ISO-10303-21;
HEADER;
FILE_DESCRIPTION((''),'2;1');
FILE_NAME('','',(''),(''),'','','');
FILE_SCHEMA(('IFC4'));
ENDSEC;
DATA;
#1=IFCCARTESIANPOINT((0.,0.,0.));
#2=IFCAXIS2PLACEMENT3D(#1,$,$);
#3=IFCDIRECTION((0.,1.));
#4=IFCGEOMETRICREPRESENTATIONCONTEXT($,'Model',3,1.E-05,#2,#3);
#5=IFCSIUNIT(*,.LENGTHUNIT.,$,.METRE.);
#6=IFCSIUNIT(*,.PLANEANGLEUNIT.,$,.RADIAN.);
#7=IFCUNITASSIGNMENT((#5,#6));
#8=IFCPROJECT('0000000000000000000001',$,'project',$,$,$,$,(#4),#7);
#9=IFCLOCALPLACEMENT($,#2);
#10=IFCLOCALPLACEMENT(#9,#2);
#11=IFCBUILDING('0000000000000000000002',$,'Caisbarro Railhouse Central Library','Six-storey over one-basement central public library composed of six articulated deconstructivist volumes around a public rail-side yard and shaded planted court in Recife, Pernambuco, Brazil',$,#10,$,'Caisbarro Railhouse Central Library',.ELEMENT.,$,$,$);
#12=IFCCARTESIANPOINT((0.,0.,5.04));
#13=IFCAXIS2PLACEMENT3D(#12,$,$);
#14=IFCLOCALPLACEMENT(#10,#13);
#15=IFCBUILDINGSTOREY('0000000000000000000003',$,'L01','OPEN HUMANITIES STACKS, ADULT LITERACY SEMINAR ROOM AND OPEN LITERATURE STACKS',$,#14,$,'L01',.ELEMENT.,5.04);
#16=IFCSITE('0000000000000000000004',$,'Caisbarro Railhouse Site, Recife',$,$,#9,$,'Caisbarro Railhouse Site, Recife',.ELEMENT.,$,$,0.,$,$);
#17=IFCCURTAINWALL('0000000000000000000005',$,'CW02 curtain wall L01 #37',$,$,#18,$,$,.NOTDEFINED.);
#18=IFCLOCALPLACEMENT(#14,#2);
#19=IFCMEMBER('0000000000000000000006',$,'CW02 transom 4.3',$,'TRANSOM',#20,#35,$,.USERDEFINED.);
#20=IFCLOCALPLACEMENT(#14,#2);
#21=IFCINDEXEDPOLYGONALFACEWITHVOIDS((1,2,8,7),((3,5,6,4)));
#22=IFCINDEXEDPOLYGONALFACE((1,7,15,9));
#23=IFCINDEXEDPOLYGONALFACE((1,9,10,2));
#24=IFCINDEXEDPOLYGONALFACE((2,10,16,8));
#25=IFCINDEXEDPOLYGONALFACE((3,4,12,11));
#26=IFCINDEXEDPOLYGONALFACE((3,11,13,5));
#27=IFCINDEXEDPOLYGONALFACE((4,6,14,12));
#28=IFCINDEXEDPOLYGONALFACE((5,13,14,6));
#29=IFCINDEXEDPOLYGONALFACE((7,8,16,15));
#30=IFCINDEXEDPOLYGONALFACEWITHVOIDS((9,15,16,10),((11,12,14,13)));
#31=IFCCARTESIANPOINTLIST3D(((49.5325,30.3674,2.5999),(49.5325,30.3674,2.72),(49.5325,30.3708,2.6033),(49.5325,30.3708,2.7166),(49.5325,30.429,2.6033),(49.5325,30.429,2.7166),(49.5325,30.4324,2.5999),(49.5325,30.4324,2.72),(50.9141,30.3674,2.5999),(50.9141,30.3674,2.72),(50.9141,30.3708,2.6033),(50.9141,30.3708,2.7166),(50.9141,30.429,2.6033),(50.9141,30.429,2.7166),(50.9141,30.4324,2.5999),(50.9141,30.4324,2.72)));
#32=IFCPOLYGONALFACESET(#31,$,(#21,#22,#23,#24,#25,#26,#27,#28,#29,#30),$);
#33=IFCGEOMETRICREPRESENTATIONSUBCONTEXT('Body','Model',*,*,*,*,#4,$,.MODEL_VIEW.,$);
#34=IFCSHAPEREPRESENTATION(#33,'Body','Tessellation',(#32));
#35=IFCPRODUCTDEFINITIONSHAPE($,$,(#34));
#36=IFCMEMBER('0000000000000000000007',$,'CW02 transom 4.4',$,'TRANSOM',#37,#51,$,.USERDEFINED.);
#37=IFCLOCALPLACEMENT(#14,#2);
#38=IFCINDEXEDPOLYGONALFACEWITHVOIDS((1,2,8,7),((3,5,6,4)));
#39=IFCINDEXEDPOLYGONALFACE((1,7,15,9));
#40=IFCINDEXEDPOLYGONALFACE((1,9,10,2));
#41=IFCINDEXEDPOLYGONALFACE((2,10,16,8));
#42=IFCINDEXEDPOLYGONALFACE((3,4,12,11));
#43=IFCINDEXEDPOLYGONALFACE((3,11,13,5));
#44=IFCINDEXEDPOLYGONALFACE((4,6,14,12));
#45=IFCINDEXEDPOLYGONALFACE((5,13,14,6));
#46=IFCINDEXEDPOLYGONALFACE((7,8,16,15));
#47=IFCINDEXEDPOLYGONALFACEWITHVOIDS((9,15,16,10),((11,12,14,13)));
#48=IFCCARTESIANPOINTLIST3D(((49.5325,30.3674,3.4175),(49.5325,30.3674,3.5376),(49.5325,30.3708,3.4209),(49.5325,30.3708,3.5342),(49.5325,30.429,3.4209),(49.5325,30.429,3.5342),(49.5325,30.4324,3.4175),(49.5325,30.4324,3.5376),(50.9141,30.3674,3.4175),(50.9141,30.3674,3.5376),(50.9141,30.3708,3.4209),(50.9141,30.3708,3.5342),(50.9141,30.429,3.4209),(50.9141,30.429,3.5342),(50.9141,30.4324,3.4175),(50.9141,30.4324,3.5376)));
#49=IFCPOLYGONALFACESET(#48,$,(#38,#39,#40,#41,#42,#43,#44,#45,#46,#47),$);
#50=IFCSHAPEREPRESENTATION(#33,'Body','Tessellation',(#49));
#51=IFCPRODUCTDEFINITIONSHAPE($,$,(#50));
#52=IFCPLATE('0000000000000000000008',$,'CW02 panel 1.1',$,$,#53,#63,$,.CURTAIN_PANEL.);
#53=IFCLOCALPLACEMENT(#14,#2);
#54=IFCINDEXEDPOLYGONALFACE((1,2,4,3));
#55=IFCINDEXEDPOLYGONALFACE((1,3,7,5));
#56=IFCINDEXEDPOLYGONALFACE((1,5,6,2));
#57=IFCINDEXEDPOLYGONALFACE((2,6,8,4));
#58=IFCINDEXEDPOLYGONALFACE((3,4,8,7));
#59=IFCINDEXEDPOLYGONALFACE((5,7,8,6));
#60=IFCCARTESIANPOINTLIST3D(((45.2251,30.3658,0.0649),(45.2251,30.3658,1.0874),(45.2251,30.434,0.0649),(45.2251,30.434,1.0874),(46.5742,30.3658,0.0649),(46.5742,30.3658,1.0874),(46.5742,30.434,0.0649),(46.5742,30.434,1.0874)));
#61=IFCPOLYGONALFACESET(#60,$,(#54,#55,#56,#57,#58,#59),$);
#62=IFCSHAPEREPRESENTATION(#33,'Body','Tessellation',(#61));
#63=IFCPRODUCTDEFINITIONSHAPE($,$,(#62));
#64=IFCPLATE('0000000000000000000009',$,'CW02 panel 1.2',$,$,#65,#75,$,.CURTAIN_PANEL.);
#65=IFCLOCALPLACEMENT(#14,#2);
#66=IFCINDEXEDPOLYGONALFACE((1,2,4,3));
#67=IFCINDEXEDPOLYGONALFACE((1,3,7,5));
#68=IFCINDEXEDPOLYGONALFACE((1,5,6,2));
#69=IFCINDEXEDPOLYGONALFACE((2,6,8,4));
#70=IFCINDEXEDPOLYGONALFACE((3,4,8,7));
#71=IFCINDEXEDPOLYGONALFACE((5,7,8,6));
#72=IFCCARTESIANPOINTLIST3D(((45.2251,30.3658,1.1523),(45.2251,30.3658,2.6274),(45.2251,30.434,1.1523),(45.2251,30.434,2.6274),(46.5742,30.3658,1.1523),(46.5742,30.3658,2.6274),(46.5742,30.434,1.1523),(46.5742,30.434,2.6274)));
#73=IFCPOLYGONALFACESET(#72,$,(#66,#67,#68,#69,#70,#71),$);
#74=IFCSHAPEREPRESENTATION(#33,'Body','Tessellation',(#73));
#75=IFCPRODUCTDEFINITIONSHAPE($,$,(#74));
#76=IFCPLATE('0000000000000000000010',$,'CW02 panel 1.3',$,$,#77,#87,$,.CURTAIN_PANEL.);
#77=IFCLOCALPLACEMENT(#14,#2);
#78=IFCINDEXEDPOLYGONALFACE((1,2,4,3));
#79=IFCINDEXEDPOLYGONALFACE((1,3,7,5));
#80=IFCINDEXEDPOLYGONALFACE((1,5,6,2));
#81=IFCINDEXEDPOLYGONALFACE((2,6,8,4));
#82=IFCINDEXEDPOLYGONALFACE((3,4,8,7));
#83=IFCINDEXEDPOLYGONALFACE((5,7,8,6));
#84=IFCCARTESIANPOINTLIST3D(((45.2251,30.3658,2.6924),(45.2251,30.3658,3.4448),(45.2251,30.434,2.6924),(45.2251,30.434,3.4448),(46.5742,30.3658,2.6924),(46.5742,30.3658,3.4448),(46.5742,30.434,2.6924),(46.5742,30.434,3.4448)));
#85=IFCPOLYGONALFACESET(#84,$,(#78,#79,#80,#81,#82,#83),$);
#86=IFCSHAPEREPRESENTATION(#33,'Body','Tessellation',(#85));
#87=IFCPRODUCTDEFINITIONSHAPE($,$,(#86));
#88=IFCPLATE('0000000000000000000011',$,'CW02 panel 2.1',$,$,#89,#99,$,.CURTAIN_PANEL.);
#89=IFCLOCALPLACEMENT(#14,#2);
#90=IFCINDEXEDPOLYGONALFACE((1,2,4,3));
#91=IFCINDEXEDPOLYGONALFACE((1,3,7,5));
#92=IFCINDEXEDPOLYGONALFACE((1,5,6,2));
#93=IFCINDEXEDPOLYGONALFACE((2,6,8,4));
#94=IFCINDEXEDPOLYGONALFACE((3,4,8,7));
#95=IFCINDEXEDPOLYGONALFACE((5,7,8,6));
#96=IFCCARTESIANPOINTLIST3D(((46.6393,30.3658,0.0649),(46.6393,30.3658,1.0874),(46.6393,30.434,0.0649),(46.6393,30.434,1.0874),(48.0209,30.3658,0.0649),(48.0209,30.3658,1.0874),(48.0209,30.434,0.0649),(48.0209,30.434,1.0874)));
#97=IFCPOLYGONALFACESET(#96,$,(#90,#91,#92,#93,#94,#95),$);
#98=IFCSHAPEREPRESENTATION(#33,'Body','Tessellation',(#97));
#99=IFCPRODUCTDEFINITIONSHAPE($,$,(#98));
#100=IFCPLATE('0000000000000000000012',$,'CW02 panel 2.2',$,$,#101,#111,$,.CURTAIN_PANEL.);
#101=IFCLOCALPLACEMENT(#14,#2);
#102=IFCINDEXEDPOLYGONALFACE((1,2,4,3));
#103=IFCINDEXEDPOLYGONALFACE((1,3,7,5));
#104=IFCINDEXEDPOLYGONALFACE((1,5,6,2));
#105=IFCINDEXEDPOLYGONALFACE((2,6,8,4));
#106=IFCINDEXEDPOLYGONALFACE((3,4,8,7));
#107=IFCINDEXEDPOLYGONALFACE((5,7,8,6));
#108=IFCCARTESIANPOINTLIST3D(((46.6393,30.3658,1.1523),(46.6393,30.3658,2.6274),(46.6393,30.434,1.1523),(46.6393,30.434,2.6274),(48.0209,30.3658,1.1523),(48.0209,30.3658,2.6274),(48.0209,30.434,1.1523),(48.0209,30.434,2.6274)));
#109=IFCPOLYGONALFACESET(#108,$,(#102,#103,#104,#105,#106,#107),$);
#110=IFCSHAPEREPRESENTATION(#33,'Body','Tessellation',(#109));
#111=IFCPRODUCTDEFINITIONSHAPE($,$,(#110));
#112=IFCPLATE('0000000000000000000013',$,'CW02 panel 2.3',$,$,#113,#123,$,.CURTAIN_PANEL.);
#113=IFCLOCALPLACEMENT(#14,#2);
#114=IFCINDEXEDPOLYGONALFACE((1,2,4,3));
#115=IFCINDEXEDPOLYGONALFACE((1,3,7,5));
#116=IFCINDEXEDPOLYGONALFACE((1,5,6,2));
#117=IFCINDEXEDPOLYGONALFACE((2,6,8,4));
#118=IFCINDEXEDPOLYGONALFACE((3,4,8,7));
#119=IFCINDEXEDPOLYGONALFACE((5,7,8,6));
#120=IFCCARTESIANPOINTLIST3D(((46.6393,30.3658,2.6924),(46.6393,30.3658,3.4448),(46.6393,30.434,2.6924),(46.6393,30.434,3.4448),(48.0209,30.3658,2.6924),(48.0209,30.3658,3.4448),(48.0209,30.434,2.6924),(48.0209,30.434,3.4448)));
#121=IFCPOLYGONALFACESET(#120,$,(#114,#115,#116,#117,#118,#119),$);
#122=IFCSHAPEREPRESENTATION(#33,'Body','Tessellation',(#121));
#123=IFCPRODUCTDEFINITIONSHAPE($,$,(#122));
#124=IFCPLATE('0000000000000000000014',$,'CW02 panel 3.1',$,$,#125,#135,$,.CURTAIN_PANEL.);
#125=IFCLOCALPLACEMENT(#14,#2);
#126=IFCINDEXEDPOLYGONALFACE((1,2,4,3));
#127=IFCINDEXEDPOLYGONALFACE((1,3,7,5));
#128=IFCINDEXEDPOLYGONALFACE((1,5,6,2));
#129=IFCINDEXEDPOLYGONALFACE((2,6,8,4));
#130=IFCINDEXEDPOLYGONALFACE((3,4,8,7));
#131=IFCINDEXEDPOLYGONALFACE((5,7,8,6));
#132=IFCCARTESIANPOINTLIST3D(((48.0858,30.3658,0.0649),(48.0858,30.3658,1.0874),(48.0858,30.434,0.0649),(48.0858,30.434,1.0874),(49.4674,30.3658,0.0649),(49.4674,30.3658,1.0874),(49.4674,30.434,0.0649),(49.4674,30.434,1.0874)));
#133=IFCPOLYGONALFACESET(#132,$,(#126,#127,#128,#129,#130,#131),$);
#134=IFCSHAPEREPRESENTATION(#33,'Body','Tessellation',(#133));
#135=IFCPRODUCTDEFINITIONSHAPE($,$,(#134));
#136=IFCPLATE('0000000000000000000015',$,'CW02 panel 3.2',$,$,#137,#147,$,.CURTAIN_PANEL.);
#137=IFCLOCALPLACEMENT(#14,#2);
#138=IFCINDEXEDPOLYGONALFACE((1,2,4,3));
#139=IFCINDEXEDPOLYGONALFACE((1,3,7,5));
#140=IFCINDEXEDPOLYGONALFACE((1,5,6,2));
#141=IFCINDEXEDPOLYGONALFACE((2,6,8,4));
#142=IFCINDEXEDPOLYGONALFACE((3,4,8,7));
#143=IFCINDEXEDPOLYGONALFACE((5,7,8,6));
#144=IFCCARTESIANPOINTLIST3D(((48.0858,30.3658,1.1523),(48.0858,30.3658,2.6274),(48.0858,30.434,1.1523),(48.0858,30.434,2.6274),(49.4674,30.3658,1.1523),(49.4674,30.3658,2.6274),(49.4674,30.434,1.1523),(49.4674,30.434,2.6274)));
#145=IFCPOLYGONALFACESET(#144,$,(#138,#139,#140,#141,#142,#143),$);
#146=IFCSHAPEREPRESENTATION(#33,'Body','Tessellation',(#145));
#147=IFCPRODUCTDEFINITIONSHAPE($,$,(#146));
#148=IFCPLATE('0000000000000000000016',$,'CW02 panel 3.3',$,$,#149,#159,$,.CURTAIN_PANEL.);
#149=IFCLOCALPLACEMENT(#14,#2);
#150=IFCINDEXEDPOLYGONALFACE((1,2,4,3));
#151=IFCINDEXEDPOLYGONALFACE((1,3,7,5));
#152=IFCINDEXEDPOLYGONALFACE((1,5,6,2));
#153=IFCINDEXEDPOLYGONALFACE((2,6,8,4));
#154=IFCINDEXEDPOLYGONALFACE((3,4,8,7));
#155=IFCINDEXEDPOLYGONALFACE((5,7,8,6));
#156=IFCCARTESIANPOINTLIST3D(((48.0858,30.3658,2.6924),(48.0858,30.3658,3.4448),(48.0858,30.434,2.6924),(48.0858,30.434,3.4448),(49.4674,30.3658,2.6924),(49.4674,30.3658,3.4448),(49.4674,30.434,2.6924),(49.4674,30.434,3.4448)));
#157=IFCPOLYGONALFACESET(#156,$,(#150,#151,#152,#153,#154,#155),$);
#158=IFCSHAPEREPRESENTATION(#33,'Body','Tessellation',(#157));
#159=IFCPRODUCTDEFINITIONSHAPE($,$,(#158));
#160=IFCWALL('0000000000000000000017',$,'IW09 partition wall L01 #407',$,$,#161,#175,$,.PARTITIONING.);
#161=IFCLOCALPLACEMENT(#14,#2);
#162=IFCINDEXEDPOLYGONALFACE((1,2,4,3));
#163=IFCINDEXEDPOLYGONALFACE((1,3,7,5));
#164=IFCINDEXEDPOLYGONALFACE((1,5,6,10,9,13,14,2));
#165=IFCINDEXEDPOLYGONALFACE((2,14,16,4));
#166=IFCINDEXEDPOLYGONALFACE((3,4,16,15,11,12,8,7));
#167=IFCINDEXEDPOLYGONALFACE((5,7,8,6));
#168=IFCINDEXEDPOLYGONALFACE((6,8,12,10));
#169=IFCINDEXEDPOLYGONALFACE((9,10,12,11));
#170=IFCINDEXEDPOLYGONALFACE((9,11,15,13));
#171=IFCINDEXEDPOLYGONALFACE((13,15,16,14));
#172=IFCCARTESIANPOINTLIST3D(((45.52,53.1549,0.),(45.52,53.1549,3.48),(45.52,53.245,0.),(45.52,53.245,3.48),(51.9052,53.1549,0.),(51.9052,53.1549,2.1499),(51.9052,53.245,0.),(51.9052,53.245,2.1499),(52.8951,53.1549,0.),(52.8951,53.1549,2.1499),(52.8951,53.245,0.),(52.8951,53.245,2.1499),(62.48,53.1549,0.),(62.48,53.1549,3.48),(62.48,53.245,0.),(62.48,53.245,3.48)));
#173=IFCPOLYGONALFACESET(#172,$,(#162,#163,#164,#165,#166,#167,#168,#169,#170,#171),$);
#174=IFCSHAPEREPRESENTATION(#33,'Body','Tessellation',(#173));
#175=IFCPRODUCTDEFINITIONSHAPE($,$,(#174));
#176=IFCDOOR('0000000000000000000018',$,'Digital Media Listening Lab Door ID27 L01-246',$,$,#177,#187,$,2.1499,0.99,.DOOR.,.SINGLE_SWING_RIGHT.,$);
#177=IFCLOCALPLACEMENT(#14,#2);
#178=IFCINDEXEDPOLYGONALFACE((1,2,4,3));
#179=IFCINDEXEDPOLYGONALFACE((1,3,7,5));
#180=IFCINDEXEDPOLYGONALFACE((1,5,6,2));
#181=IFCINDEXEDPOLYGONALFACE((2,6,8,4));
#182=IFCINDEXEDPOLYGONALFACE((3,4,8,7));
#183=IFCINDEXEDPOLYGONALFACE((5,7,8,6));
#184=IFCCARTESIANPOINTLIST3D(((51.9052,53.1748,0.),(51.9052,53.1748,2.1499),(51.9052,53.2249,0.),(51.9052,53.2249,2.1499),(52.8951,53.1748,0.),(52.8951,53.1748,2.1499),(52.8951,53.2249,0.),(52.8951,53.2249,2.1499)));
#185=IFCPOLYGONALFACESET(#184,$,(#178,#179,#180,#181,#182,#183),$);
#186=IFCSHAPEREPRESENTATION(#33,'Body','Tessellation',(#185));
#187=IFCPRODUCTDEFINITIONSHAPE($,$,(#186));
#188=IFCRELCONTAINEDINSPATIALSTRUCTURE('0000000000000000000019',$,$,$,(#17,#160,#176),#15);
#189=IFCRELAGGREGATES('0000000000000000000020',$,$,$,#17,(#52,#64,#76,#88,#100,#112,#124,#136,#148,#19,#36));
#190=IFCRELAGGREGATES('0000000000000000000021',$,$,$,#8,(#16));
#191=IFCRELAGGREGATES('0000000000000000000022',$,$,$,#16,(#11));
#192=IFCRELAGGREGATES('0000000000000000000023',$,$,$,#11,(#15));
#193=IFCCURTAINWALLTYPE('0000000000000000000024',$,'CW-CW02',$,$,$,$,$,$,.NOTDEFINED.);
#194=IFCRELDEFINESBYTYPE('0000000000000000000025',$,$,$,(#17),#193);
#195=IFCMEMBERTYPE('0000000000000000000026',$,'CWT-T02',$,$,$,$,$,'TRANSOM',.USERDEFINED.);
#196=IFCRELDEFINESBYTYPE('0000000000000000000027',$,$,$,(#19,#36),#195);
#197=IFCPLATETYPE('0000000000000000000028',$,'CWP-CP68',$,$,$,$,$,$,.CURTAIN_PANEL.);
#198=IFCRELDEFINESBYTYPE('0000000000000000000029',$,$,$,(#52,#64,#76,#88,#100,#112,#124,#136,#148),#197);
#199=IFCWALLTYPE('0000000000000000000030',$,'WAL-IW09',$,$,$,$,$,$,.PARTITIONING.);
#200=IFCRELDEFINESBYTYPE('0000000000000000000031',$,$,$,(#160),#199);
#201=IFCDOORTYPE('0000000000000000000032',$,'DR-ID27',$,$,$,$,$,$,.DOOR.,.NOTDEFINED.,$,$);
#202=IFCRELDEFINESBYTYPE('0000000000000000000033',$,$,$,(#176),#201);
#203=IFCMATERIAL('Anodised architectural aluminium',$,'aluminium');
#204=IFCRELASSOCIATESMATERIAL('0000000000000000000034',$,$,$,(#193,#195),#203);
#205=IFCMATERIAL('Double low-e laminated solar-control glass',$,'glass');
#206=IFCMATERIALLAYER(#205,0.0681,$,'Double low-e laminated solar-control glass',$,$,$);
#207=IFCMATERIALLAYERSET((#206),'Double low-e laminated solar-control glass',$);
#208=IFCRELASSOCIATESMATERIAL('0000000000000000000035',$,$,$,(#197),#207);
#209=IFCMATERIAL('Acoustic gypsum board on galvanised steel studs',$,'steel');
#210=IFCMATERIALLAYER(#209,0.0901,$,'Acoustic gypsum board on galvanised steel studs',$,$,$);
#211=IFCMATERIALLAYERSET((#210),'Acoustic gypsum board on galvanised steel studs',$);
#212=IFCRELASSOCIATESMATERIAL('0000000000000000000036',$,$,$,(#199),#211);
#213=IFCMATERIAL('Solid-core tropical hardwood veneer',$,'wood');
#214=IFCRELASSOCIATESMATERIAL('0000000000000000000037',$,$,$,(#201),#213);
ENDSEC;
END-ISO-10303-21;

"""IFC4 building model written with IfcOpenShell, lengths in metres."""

from ifc_helpers import new_model, si_unit, direction, frame, frame_2d, origin, origin_2d, place, context, subcontext, project, spatial, rectangle, hollow_rectangle, extrude, material, layer, layer_set, material_profile, profile_set, type_object, element, fill, aggregate, save


model = new_model("IFC4")

# Units and contexts
model_context = context("Model", 3, precision=1e-05, world=origin(), true_north=direction((0.0, 1.0)))
body_context = subcontext(model_context, "Body", "Model", "MODEL_VIEW")
ifc_project = project(units=[si_unit("LENGTHUNIT", "METRE"), si_unit("PLANEANGLEUNIT", "RADIAN")], contexts=[model_context])

# Site, building, storey
site_placement = place(None, origin())
site = spatial("IfcSite", under=ifc_project, at=site_placement, Name="Caisbarro Railhouse Site, Recife", LongName="Caisbarro Railhouse Site, Recife", CompositionType="ELEMENT", RefElevation=0.0)
building_placement = place(site_placement, origin())
building = spatial("IfcBuilding", under=site, at=building_placement, Name="Caisbarro Railhouse Central Library", Description="Six-storey over one-basement central public library composed of six articulated deconstructivist volumes around a public rail-side yard and shaded planted court in Recife, Pernambuco, Brazil", LongName="Caisbarro Railhouse Central Library", CompositionType="ELEMENT")
storey_placement = place(building_placement, frame((0.0, 0.0, 5.04)))
storey = spatial("IfcBuildingStorey", under=building, at=storey_placement, Name="L01", Description="OPEN HUMANITIES STACKS, ADULT LITERACY SEMINAR ROOM AND OPEN LITERATURE STACKS", LongName="L01", CompositionType="ELEMENT", Elevation=5.04)

# Curtain wall, members, plates
ifc_material_1 = material(Name="Anodised architectural aluminium", Category="aluminium")
curtain_wall_type = type_object("IfcCurtainWallType", Name="CW-CW02", PredefinedType="NOTDEFINED", material=ifc_material_1)
curtain_wall_placement = place(storey_placement, origin())
curtain_wall = element("IfcCurtainWall", 1, at=curtain_wall_placement, inside=storey, type_object=curtain_wall_type, Name="CW02 curtain wall L01 #37", PredefinedType="NOTDEFINED")
ifc_material_profile_1 = material_profile(ifc_material_1, hollow_rectangle(XDim=0.0649, YDim=0.1201, WallThickness=0.0034, at=origin_2d()), Name="ALU-TRN-65X120")
ifc_profile_set_1 = profile_set([ifc_material_profile_1], Name="Anodised architectural aluminium")
member_type_1 = type_object("IfcMemberType", Name="CWT-T02", ElementType="TRANSOM", PredefinedType="USERDEFINED", material=ifc_profile_set_1)
member_1_placement = place(storey_placement, frame((49.5325, 30.3999, 2.6599), z_axis=(1.0, 0.0, 0.0), x_axis=(0.0, 1.0, 0.0)))
member_1 = element("IfcMember", 2, at=member_1_placement, type_object=member_type_1, Name="CW02 transom 4.3", ObjectType="TRANSOM", PredefinedType="USERDEFINED", context=body_context, shape_type="SweptSolid", body=[
    extrude(hollow_rectangle(XDim=0.0649, YDim=0.1201, WallThickness=0.0034, at=origin_2d()), origin(), (0.0, 0.0, 1.0), 1.3816),
])
member_2_placement = place(storey_placement, frame((49.5325, 30.3999, 3.4775), z_axis=(1.0, 0.0, 0.0), x_axis=(0.0, 1.0, 0.0)))
member_2 = element("IfcMember", 3, at=member_2_placement, type_object=member_type_1, Name="CW02 transom 4.4", ObjectType="TRANSOM", PredefinedType="USERDEFINED", context=body_context, shape_type="SweptSolid", body=[
    extrude(hollow_rectangle(XDim=0.0649, YDim=0.1201, WallThickness=0.0034, at=origin_2d()), origin(), (0.0, 0.0, 1.0), 1.3816),
])
ifc_material_2 = material(Name="Double low-e laminated solar-control glass", Category="glass")
ifc_layer_1 = layer(ifc_material_2, 0.0681, Name="Double low-e laminated solar-control glass")
ifc_layer_set_1 = layer_set([ifc_layer_1], Name="Double low-e laminated solar-control glass")
plate_type = type_object("IfcPlateType", Name="CWP-CP68", PredefinedType="CURTAIN_PANEL", material=ifc_layer_set_1)
plate_1_placement = place(storey_placement, frame((45.8997, 30.3999, 0.0649), z_axis=(0.0, 0.0, 1.0), x_axis=(1.0, 0.0, 0.0)))
plate_1 = element("IfcPlate", 4, at=plate_1_placement, type_object=plate_type, Name="CW02 panel 1.1", PredefinedType="CURTAIN_PANEL", context=body_context, shape_type="SweptSolid", body=[
    extrude(rectangle(XDim=1.3491, YDim=0.0681, at=origin_2d()), origin(), (0.0, 0.0, 1.0), 1.0225),
])
plate_2_placement = place(storey_placement, frame((45.8997, 30.3999, 1.1523), z_axis=(0.0, 0.0, 1.0), x_axis=(1.0, 0.0, 0.0)))
plate_2 = element("IfcPlate", 5, at=plate_2_placement, type_object=plate_type, Name="CW02 panel 1.2", PredefinedType="CURTAIN_PANEL", context=body_context, shape_type="SweptSolid", body=[
    extrude(rectangle(XDim=1.3491, YDim=0.0681, at=origin_2d()), origin(), (0.0, 0.0, 1.0), 1.4751),
])
plate_3_placement = place(storey_placement, frame((45.8997, 30.3999, 2.6924), z_axis=(0.0, 0.0, 1.0), x_axis=(1.0, 0.0, 0.0)))
plate_3 = element("IfcPlate", 6, at=plate_3_placement, type_object=plate_type, Name="CW02 panel 1.3", PredefinedType="CURTAIN_PANEL", context=body_context, shape_type="SweptSolid", body=[
    extrude(rectangle(XDim=1.3491, YDim=0.0681, at=origin_2d()), origin(), (0.0, 0.0, 1.0), 0.7524),
])
plate_4_placement = place(storey_placement, frame((47.3301, 30.3999, 0.0649), z_axis=(0.0, 0.0, 1.0), x_axis=(1.0, 0.0, 0.0)))
plate_4 = element("IfcPlate", 7, at=plate_4_placement, type_object=plate_type, Name="CW02 panel 2.1", PredefinedType="CURTAIN_PANEL", context=body_context, shape_type="SweptSolid", body=[
    extrude(rectangle(XDim=1.3816, YDim=0.0681, at=origin_2d()), origin(), (0.0, 0.0, 1.0), 1.0225),
])
plate_5_placement = place(storey_placement, frame((47.3301, 30.3999, 1.1523), z_axis=(0.0, 0.0, 1.0), x_axis=(1.0, 0.0, 0.0)))
plate_5 = element("IfcPlate", 8, at=plate_5_placement, type_object=plate_type, Name="CW02 panel 2.2", PredefinedType="CURTAIN_PANEL", context=body_context, shape_type="SweptSolid", body=[
    extrude(rectangle(XDim=1.3816, YDim=0.0681, at=origin_2d()), origin(), (0.0, 0.0, 1.0), 1.4751),
])
plate_6_placement = place(storey_placement, frame((47.3301, 30.3999, 2.6924), z_axis=(0.0, 0.0, 1.0), x_axis=(1.0, 0.0, 0.0)))
plate_6 = element("IfcPlate", 9, at=plate_6_placement, type_object=plate_type, Name="CW02 panel 2.3", PredefinedType="CURTAIN_PANEL", context=body_context, shape_type="SweptSolid", body=[
    extrude(rectangle(XDim=1.3816, YDim=0.0681, at=origin_2d()), origin(), (0.0, 0.0, 1.0), 0.7524),
])
plate_7_placement = place(storey_placement, frame((48.7766, 30.3999, 0.0649), z_axis=(0.0, 0.0, 1.0), x_axis=(1.0, 0.0, 0.0)))
plate_7 = element("IfcPlate", 10, at=plate_7_placement, type_object=plate_type, Name="CW02 panel 3.1", PredefinedType="CURTAIN_PANEL", context=body_context, shape_type="SweptSolid", body=[
    extrude(rectangle(XDim=1.3816, YDim=0.0681, at=origin_2d()), origin(), (0.0, 0.0, 1.0), 1.0225),
])
plate_8_placement = place(storey_placement, frame((48.7766, 30.3999, 1.1523), z_axis=(0.0, 0.0, 1.0), x_axis=(1.0, 0.0, 0.0)))
plate_8 = element("IfcPlate", 11, at=plate_8_placement, type_object=plate_type, Name="CW02 panel 3.2", PredefinedType="CURTAIN_PANEL", context=body_context, shape_type="SweptSolid", body=[
    extrude(rectangle(XDim=1.3816, YDim=0.0681, at=origin_2d()), origin(), (0.0, 0.0, 1.0), 1.4751),
])
plate_9_placement = place(storey_placement, frame((48.7766, 30.3999, 2.6924), z_axis=(0.0, 0.0, 1.0), x_axis=(1.0, 0.0, 0.0)))
plate_9 = element("IfcPlate", 12, at=plate_9_placement, type_object=plate_type, Name="CW02 panel 3.3", PredefinedType="CURTAIN_PANEL", context=body_context, shape_type="SweptSolid", body=[
    extrude(rectangle(XDim=1.3816, YDim=0.0681, at=origin_2d()), origin(), (0.0, 0.0, 1.0), 0.7524),
])
aggregate(curtain_wall, [plate_1, plate_2, plate_3, plate_4, plate_5, plate_6, plate_7, plate_8, plate_9, member_1, member_2])

# Wall, opening, door
ifc_material_3 = material(Name="Acoustic gypsum board on galvanised steel studs", Category="steel")
ifc_layer_2 = layer(ifc_material_3, 0.0901, Name="Acoustic gypsum board on galvanised steel studs")
ifc_layer_set_2 = layer_set([ifc_layer_2], Name="Acoustic gypsum board on galvanised steel studs")
wall_type_1 = type_object("IfcWallType", Name="WAL-IW09", PredefinedType="PARTITIONING", material=ifc_layer_set_2)
wall_1_placement = place(storey_placement, frame((45.52, 53.2, 0.0), z_axis=(0.0, 0.0, 1.0), x_axis=(1.0, 0.0, 0.0)))
wall_1 = element("IfcWall", 13, at=wall_1_placement, inside=storey, type_object=wall_type_1, Name="IW09 partition wall L01 #407", PredefinedType="PARTITIONING", context=body_context, shape_type="SweptSolid", body=[
    extrude(rectangle(XDim=16.96, YDim=0.0901, at=frame_2d((8.48, 0.0))), origin(), (0.0, 0.0, 1.0), 3.48),
])
opening_placement = place(wall_1_placement, frame((6.385, 0.0, 0.0)))
opening = element("IfcOpeningElement", 14, at=opening_placement, cuts=wall_1, PredefinedType="OPENING", context=body_context, shape_type="SweptSolid", body=[
    extrude(rectangle(XDim=0.99, YDim=2.1499, at=frame_2d((0.4951, 1.075))), frame((0.0, 0.0552, 0.0), z_axis=(0.0, -1.0, 0.0), x_axis=(1.0, 0.0, 0.0)), (0.0, 0.0, 1.0), 0.1101),
])
ifc_material_4 = material(Name="Solid-core tropical hardwood veneer", Category="wood")
door_type = type_object("IfcDoorType", Name="DR-ID27", OperationType="NOTDEFINED", PredefinedType="DOOR", material=ifc_material_4)
door_placement = place(opening_placement, origin())
door = element("IfcDoor", 15, at=door_placement, inside=storey, type_object=door_type, Name="Digital Media Listening Lab Door ID27 L01-246", OperationType="SINGLE_SWING_RIGHT", OverallHeight=2.1499, OverallWidth=0.99, PredefinedType="DOOR", context=body_context, shape_type="SweptSolid", body=[
    extrude(rectangle(XDim=0.99, YDim=2.1499, at=frame_2d((0.4951, 1.075))), frame((0.0, 0.0249, 0.0), z_axis=(0.0, -1.0, 0.0), x_axis=(1.0, 0.0, 0.0)), (0.0, 0.0, 1.0), 0.05),
])
fill(opening, door)

save(model, "model.ifc")
